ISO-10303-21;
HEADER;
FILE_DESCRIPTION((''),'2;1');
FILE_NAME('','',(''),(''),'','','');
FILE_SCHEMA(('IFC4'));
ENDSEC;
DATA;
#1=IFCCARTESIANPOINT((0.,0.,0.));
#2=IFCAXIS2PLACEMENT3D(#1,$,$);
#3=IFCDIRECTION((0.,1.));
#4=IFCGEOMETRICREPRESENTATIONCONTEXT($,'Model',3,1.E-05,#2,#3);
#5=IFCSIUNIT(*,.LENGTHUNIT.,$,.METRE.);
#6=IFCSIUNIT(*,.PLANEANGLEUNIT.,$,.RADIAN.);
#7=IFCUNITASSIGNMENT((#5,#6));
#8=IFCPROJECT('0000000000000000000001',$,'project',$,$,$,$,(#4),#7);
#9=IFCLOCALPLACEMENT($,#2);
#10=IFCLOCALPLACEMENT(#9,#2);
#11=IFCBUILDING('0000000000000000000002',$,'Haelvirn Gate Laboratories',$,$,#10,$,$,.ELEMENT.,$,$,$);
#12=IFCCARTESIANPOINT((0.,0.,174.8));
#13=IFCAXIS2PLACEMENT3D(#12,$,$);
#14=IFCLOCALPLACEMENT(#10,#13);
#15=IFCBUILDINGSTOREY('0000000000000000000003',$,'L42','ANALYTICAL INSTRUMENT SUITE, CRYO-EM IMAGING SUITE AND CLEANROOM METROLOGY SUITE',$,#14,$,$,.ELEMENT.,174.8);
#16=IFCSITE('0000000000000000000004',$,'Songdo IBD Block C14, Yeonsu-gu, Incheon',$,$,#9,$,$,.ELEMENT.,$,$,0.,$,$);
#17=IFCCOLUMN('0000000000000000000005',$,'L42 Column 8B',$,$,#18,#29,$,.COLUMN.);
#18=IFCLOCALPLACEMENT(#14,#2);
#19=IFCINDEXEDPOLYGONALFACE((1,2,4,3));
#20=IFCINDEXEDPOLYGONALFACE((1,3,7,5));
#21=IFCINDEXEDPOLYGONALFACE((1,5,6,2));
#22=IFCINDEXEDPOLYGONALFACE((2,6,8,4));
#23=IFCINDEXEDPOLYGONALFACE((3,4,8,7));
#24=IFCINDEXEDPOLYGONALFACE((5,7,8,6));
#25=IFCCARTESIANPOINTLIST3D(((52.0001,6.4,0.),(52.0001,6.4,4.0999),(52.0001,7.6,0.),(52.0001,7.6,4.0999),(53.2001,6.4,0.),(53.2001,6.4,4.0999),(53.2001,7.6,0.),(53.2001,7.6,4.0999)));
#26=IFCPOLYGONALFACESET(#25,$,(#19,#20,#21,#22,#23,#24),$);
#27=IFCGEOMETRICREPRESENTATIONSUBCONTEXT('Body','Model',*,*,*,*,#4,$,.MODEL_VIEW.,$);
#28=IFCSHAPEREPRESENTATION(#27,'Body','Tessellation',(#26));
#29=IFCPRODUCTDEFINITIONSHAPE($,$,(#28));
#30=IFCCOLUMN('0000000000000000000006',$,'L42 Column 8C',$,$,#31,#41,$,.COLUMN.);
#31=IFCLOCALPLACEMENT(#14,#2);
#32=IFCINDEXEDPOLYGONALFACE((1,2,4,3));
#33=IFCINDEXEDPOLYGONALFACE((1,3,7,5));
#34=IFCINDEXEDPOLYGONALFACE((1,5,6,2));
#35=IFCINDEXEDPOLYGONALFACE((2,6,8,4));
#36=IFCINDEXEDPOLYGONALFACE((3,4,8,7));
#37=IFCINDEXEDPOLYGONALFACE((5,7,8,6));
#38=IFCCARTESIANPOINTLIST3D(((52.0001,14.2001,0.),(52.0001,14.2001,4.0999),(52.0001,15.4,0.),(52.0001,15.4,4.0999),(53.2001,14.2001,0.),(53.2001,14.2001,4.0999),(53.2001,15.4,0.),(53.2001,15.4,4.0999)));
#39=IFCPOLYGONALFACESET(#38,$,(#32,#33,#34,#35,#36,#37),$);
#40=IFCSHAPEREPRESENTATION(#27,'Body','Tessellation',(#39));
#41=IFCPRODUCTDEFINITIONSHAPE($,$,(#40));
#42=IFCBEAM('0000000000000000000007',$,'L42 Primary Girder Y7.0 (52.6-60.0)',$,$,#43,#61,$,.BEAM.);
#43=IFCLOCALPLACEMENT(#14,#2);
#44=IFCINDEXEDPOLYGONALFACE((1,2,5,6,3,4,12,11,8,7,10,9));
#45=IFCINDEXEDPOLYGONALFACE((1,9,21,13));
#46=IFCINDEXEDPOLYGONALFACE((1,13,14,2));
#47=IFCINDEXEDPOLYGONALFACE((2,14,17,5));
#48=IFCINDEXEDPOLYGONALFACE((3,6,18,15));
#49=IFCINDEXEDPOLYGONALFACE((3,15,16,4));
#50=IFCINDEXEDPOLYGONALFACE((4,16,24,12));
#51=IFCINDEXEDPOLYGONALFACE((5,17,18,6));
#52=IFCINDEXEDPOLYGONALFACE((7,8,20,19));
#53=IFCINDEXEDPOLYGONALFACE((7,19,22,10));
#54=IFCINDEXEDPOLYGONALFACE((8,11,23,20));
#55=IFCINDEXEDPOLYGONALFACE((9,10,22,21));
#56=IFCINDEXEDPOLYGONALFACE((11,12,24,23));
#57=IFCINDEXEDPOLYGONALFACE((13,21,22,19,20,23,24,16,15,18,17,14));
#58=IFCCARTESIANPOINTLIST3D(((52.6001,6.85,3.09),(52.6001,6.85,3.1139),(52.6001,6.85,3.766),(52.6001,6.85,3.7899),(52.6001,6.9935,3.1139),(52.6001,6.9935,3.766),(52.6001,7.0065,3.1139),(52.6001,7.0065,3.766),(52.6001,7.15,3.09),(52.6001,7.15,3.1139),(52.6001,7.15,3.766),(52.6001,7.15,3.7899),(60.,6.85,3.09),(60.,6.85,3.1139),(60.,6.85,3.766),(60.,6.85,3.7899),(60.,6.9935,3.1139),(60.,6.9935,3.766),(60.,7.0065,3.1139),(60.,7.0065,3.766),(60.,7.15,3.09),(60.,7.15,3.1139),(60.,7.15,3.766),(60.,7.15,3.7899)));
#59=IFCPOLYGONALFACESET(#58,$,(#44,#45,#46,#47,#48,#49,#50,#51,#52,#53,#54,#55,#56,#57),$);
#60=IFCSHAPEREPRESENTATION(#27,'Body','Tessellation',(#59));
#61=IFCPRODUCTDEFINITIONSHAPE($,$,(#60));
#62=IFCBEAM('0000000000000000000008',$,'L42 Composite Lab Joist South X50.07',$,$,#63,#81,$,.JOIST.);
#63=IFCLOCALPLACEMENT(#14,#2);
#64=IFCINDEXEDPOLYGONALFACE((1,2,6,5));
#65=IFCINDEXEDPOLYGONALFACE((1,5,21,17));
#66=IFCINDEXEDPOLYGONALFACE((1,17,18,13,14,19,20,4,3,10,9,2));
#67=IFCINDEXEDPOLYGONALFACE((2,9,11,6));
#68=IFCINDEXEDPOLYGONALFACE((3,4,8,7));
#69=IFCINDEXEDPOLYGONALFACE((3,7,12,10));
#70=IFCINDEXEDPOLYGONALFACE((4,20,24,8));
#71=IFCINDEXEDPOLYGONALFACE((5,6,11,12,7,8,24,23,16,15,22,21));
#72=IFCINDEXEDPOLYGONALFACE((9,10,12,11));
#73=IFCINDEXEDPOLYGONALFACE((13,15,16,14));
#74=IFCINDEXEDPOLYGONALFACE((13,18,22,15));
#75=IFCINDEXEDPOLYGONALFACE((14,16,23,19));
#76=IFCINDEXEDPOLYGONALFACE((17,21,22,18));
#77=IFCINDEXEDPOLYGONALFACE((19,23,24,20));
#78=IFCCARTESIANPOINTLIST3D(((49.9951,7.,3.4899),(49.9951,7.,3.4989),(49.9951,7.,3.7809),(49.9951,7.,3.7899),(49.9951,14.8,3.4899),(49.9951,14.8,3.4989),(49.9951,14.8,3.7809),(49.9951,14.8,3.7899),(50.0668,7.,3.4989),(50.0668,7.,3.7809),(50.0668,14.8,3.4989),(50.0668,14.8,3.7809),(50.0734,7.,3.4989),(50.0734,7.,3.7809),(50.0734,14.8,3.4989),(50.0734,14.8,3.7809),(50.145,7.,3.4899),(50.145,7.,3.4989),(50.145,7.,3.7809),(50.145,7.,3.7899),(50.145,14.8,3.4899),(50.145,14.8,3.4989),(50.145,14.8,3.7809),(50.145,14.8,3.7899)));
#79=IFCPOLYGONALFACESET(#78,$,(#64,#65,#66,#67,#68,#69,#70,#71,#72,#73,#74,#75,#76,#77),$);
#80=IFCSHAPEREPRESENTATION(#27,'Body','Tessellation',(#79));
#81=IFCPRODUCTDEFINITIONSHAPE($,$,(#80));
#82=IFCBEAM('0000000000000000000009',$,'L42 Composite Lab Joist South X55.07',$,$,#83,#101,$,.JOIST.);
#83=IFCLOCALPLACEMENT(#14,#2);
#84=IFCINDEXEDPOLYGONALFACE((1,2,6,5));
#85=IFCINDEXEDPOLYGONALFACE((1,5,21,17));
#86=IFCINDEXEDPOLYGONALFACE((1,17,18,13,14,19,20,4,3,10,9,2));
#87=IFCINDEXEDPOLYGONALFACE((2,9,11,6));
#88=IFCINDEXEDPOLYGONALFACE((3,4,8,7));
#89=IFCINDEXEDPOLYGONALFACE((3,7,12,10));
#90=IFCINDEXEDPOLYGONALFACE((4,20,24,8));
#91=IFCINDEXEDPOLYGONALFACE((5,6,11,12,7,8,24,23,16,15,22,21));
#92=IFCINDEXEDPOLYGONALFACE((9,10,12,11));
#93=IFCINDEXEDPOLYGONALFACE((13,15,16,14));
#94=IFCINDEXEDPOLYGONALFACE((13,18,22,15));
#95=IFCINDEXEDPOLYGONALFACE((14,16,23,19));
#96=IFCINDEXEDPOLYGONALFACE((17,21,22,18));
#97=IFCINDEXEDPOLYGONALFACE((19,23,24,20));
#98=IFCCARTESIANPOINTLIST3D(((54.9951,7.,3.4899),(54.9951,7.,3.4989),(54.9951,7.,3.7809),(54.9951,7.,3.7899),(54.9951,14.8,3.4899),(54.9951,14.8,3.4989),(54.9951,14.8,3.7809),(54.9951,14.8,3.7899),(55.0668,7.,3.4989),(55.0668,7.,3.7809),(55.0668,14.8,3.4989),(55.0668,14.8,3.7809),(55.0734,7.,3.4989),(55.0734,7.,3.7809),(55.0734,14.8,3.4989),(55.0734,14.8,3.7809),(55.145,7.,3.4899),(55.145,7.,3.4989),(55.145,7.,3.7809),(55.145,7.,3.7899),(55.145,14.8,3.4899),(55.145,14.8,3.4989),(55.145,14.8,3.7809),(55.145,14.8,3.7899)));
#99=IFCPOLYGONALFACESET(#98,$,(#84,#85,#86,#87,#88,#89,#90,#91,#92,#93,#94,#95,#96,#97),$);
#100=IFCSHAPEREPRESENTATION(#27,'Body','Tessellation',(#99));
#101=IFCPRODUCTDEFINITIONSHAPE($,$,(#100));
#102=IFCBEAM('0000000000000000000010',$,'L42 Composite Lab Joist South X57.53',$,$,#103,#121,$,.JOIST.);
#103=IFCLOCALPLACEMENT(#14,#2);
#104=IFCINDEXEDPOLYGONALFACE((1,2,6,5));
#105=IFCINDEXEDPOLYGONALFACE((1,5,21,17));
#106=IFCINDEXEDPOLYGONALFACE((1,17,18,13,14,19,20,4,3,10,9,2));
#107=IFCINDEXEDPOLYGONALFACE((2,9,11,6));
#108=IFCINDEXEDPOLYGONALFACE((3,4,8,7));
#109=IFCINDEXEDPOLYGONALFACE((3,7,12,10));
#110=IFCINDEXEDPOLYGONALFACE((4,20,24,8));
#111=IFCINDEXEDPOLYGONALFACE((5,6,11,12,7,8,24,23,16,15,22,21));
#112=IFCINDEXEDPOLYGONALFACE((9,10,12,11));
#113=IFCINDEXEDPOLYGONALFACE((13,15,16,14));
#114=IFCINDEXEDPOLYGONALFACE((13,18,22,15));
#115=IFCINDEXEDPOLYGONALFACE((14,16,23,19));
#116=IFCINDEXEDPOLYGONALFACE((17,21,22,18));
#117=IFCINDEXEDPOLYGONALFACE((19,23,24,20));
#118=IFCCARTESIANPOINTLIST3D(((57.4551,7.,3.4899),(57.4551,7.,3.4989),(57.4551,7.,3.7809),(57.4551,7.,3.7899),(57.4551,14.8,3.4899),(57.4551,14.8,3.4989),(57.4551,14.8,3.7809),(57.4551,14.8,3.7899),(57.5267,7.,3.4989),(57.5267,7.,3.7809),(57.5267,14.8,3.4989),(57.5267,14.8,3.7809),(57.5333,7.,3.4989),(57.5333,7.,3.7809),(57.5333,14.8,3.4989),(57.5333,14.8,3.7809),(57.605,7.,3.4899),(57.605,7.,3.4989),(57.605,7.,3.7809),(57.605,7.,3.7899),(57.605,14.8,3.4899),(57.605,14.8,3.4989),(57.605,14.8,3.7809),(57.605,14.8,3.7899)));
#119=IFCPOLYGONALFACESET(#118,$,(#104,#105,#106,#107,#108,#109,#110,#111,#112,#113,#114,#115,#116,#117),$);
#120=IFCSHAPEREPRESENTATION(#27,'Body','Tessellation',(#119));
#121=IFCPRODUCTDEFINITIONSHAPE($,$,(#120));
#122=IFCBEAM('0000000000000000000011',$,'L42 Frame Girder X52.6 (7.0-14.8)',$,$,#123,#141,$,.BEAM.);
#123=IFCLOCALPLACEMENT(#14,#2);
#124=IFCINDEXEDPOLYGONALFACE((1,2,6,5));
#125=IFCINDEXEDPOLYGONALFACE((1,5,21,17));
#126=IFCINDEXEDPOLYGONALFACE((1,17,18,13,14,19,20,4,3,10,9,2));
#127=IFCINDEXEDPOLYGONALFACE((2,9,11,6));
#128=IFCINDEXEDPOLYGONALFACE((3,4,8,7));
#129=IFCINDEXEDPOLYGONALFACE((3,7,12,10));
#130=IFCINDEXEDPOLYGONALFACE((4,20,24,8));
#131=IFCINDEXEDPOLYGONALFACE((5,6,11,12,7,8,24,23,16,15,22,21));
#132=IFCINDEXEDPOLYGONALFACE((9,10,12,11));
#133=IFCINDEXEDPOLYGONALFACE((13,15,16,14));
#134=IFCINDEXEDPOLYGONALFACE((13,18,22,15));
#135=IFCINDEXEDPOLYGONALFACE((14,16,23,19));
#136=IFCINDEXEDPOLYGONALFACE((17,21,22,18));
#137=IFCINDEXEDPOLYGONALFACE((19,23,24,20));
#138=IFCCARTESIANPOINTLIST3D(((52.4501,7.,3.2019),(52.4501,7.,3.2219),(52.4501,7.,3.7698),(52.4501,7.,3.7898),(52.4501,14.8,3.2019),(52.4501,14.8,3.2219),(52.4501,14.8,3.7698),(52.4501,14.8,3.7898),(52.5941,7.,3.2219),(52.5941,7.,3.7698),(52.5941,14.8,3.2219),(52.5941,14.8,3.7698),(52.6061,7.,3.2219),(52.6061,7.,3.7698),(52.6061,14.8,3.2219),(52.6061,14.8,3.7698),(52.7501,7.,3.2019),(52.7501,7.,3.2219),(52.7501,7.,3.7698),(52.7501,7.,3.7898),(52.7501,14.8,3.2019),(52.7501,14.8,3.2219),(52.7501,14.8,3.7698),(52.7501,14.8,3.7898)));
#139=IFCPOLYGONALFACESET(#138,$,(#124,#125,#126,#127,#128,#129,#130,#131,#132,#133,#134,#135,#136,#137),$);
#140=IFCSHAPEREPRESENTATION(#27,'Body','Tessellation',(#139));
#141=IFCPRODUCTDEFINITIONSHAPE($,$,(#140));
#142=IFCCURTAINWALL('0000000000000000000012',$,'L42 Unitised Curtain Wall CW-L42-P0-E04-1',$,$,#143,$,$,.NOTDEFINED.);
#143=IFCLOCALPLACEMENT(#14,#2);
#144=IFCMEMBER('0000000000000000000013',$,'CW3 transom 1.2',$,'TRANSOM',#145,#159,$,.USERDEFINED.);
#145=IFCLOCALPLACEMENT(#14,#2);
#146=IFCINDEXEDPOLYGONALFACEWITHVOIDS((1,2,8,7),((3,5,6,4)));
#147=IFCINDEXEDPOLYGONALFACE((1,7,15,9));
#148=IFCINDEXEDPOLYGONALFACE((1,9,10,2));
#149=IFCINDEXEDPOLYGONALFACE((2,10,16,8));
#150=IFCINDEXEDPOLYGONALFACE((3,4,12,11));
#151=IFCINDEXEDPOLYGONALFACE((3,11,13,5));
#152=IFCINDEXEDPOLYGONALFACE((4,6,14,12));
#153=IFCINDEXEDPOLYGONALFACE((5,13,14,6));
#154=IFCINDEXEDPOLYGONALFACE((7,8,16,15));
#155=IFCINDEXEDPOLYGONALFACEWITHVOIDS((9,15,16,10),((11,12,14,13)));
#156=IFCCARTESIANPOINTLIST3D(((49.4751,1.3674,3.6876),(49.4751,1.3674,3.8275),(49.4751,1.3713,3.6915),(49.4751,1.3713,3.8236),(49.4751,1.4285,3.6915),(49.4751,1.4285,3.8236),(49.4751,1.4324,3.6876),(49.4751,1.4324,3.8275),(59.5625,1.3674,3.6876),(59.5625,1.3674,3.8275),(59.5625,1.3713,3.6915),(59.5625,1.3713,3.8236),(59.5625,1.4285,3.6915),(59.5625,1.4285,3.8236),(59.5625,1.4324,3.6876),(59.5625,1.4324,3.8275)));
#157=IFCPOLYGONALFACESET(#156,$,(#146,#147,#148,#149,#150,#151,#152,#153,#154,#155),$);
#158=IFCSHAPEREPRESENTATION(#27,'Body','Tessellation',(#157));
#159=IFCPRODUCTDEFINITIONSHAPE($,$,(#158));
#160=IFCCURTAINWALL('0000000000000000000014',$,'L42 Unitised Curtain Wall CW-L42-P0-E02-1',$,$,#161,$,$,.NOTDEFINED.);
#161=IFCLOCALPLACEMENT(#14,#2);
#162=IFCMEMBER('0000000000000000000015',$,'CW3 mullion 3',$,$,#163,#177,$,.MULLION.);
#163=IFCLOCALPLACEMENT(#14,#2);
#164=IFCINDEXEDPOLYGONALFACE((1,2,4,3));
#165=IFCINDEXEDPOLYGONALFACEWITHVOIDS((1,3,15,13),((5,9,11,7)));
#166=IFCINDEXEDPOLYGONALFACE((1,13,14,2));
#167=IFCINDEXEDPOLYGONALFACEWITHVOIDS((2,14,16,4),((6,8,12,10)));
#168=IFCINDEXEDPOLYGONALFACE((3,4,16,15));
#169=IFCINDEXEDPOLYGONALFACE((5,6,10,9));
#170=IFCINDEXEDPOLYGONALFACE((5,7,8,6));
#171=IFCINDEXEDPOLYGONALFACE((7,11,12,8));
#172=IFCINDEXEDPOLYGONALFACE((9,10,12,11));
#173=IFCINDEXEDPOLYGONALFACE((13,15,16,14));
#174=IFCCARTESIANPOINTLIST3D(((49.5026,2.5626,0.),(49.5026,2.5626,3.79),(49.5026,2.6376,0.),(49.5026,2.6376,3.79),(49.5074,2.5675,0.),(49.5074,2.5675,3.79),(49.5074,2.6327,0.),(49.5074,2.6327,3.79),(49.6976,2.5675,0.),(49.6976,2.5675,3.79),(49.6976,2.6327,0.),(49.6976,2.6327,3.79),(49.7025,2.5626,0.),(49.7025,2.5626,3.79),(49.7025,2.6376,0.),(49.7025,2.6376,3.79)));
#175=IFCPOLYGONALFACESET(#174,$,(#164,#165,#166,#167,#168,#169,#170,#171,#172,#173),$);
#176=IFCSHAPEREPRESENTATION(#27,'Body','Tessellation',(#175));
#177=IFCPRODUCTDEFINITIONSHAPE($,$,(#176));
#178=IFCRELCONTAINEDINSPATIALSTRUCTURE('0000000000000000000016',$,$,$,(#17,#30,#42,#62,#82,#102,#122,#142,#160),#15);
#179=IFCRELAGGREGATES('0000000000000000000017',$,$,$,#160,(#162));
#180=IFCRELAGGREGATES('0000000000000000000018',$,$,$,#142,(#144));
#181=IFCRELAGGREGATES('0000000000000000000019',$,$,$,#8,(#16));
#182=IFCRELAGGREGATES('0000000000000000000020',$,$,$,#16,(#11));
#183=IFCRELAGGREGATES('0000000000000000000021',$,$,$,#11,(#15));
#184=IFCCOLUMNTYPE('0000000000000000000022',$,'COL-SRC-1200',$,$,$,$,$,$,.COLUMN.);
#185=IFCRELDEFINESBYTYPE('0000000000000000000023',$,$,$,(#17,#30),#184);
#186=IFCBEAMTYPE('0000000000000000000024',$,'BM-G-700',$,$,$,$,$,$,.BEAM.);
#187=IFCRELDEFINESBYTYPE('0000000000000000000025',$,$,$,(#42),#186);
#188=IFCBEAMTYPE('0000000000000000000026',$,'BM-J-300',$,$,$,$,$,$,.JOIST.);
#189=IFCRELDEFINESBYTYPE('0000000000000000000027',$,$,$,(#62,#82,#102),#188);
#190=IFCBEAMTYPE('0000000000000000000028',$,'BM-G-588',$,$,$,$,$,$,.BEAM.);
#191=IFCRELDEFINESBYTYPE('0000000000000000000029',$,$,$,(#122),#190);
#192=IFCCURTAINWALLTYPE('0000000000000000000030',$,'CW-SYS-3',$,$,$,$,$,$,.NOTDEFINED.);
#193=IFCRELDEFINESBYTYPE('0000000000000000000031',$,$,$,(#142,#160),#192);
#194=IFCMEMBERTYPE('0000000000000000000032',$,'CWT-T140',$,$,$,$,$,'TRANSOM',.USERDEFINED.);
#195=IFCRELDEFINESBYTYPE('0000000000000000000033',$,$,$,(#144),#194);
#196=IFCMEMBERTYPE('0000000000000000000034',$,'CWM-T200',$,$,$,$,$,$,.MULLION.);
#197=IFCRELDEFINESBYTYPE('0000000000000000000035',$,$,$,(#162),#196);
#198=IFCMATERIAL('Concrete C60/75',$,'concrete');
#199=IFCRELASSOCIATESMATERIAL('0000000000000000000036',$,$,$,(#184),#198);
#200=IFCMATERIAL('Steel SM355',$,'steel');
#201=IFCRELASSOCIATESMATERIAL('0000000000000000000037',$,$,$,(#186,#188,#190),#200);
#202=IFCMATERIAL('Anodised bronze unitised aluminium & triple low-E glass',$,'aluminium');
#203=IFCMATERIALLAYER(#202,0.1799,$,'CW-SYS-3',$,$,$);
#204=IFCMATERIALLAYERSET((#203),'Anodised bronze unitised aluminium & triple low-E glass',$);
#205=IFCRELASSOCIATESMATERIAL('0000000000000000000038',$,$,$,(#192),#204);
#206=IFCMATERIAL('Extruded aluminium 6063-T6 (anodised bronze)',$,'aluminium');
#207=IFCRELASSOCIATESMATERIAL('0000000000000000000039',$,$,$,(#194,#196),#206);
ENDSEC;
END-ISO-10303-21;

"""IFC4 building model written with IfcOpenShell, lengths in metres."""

from ifc_helpers import new_model, si_unit, direction, frame, origin, origin_2d, place, context, subcontext, project, spatial, rectangle, hollow_rectangle, i_section, extrude, source, transform, mapped, material, layer, layer_set, material_profile, profile_set, type_object, type_shapes, element, aggregate, save


model = new_model("IFC4")

# Units and contexts
model_context = context("Model", 3, precision=1e-05, world=origin(), true_north=direction((0.0, 1.0)))
body_context = subcontext(model_context, "Body", "Model", "MODEL_VIEW")
ifc_project = project(units=[si_unit("LENGTHUNIT", "METRE"), si_unit("PLANEANGLEUNIT", "RADIAN")], contexts=[model_context])

# Site, building, storey
site_placement = place(None, origin())
site = spatial("IfcSite", under=ifc_project, at=site_placement, Name="Songdo IBD Block C14, Yeonsu-gu, Incheon", CompositionType="ELEMENT", RefElevation=0.0)
building_placement = place(site_placement, origin())
building = spatial("IfcBuilding", under=site, at=building_placement, Name="Haelvirn Gate Laboratories", CompositionType="ELEMENT")
storey_placement = place(building_placement, frame((0.0, 0.0, 174.8)))
storey = spatial("IfcBuildingStorey", under=building, at=storey_placement, Name="L42", Description="ANALYTICAL INSTRUMENT SUITE, CRYO-EM IMAGING SUITE AND CLEANROOM METROLOGY SUITE", CompositionType="ELEMENT", Elevation=174.8)

# Columns
ifc_material_1 = material(Name="Concrete C60/75", Category="concrete")
ifc_material_profile_1 = material_profile(ifc_material_1, rectangle(XDim=1.2, YDim=1.2, at=origin_2d()), Name="SRC-1200x1200")
ifc_profile_set_1 = profile_set([ifc_material_profile_1], Name="Concrete C60/75")
column_type = type_object("IfcColumnType", Name="COL-SRC-1200", PredefinedType="COLUMN", material=ifc_profile_set_1)
shared_shape_1 = source(origin(), body_context, "Body", "SweptSolid", [
    extrude(rectangle(XDim=1.2, YDim=1.2, at=origin_2d()), origin(), (0.0, 0.0, 1.0), 4.0999),
])
type_shapes(column_type, [shared_shape_1])
for number, where, z_axis, x_axis, name in (
    (1, (52.6001, 7.0, 0.0), (0.0, 0.0, 1.0), (1.0, 0.0, 0.0), "L42 Column 8B"),
    (2, (52.6001, 14.8, 0.0), (0.0, 0.0, 1.0), (1.0, 0.0, 0.0), "L42 Column 8C"),
):
    element("IfcColumn", number, at=place(storey_placement, frame(where, z_axis=z_axis, x_axis=x_axis)), inside=storey, type_object=column_type, Name=name, PredefinedType="COLUMN", context=body_context, shape_type="MappedRepresentation", body=[
        mapped(shared_shape_1, transform((0.0, 0.0, 0.0), scale=1.0)),
    ])

# Beams
ifc_material_2 = material(Name="Steel SM355", Category="steel")
ifc_material_profile_2 = material_profile(ifc_material_2, i_section(OverallWidth=0.3, OverallDepth=0.7, WebThickness=0.0129, FlangeThickness=0.0239, at=origin_2d()), Name="H-700x300x13x24")
ifc_profile_set_2 = profile_set([ifc_material_profile_2], Name="Steel SM355")
beam_type_1 = type_object("IfcBeamType", Name="BM-G-700", PredefinedType="BEAM", material=ifc_profile_set_2)
shared_shape_2 = source(origin(), body_context, "Body", "SweptSolid", [
    extrude(i_section(OverallWidth=0.3, OverallDepth=0.7, WebThickness=0.0129, FlangeThickness=0.0239, at=origin_2d()), origin(), (0.0, 0.0, 1.0), 7.3999),
])
type_shapes(beam_type_1, [shared_shape_2])
beam_1_placement = place(storey_placement, frame((52.6001, 7.0, 3.4399), z_axis=(1.0, 0.0, 0.0), x_axis=(0.0, 1.0, 0.0)))
element("IfcBeam", 3, at=beam_1_placement, inside=storey, type_object=beam_type_1, Name="L42 Primary Girder Y7.0 (52.6-60.0)", PredefinedType="BEAM", context=body_context, shape_type="MappedRepresentation", body=[
    mapped(shared_shape_2, transform((0.0, 0.0, 0.0), scale=1.0)),
])
ifc_material_profile_3 = material_profile(ifc_material_2, i_section(OverallWidth=0.1499, OverallDepth=0.3, WebThickness=0.0066, FlangeThickness=0.009, at=origin_2d()), Name="H-300x150x6.5x9")
ifc_profile_set_3 = profile_set([ifc_material_profile_3], Name="Steel SM355")
beam_type_2 = type_object("IfcBeamType", Name="BM-J-300", PredefinedType="JOIST", material=ifc_profile_set_3)
shared_shape_3 = source(origin(), body_context, "Body", "SweptSolid", [
    extrude(i_section(OverallWidth=0.1499, OverallDepth=0.3, WebThickness=0.0066, FlangeThickness=0.009, at=origin_2d()), origin(), (0.0, 0.0, 1.0), 7.8),
])
type_shapes(beam_type_2, [shared_shape_3])
for number, where, z_axis, x_axis, name in (
    (4, (50.0701, 7.0, 3.6399), (0.0, 1.0, 0.0), (-1.0, 0.0, 0.0), "L42 Composite Lab Joist South X50.07"),
    (5, (55.0701, 7.0, 3.6399), (0.0, 1.0, 0.0), (-1.0, 0.0, 0.0), "L42 Composite Lab Joist South X55.07"),
    (6, (57.53, 7.0, 3.6399), (0.0, 1.0, 0.0), (-1.0, 0.0, 0.0), "L42 Composite Lab Joist South X57.53"),
):
    element("IfcBeam", number, at=place(storey_placement, frame(where, z_axis=z_axis, x_axis=x_axis)), inside=storey, type_object=beam_type_2, Name=name, PredefinedType="JOIST", context=body_context, shape_type="MappedRepresentation", body=[
        mapped(shared_shape_3, transform((0.0, 0.0, 0.0), scale=1.0)),
    ])
ifc_material_profile_4 = material_profile(ifc_material_2, i_section(OverallWidth=0.3, OverallDepth=0.5879, WebThickness=0.012, FlangeThickness=0.02, at=origin_2d()), Name="H-588x300x12x20")
ifc_profile_set_4 = profile_set([ifc_material_profile_4], Name="Steel SM355")
beam_type_3 = type_object("IfcBeamType", Name="BM-G-588", PredefinedType="BEAM", material=ifc_profile_set_4)
shared_shape_4 = source(origin(), body_context, "Body", "SweptSolid", [
    extrude(i_section(OverallWidth=0.3, OverallDepth=0.5879, WebThickness=0.012, FlangeThickness=0.02, at=origin_2d()), origin(), (0.0, 0.0, 1.0), 7.8),
])
type_shapes(beam_type_3, [shared_shape_4])
beam_2_placement = place(storey_placement, frame((52.6001, 7.0, 3.4958), z_axis=(0.0, 1.0, 0.0), x_axis=(-1.0, 0.0, 0.0)))
element("IfcBeam", 7, at=beam_2_placement, inside=storey, type_object=beam_type_3, Name="L42 Frame Girder X52.6 (7.0-14.8)", PredefinedType="BEAM", context=body_context, shape_type="MappedRepresentation", body=[
    mapped(shared_shape_4, transform((0.0, 0.0, 0.0), scale=1.0)),
])

# Curtain walls, members
ifc_material_3 = material(Name="Anodised bronze unitised aluminium & triple low-E glass", Category="aluminium")
ifc_layer_1 = layer(ifc_material_3, 0.1799, Name="CW-SYS-3")
ifc_layer_set_1 = layer_set([ifc_layer_1], Name="Anodised bronze unitised aluminium & triple low-E glass")
curtain_wall_type = type_object("IfcCurtainWallType", Name="CW-SYS-3", PredefinedType="NOTDEFINED", material=ifc_layer_set_1)
curtain_wall_1_placement = place(storey_placement, origin())
curtain_wall_1 = element("IfcCurtainWall", 8, at=curtain_wall_1_placement, inside=storey, type_object=curtain_wall_type, Name="L42 Unitised Curtain Wall CW-L42-P0-E04-1", PredefinedType="NOTDEFINED")
ifc_material_4 = material(Name="Extruded aluminium 6063-T6 (anodised bronze)", Category="aluminium")
ifc_material_profile_5 = material_profile(ifc_material_4, hollow_rectangle(XDim=0.0649, YDim=0.1399, WallThickness=0.0039, at=origin_2d()), Name="CWT-140x65x4")
ifc_profile_set_5 = profile_set([ifc_material_profile_5], Name="Extruded aluminium 6063-T6 (anodised bronze)")
member_type_1 = type_object("IfcMemberType", Name="CWT-T140", ElementType="TRANSOM", PredefinedType="USERDEFINED", material=ifc_profile_set_5)
shared_shape_5 = source(origin(), body_context, "Body", "SweptSolid", [
    extrude(hollow_rectangle(XDim=0.0649, YDim=0.1399, WallThickness=0.0039, at=origin_2d()), origin(), (0.0, 0.0, 1.0), 10.0874),
])
type_shapes(member_type_1, [shared_shape_5])
member_1_placement = place(storey_placement, frame((49.4751, 1.3999, 3.7576), z_axis=(1.0, 0.0, 0.0), x_axis=(0.0, 1.0, 0.0)))
member_1 = element("IfcMember", 9, at=member_1_placement, type_object=member_type_1, Name="CW3 transom 1.2", ObjectType="TRANSOM", PredefinedType="USERDEFINED", context=body_context, shape_type="MappedRepresentation", body=[
    mapped(shared_shape_5, transform((0.0, 0.0, 0.0), scale=1.0)),
])
curtain_wall_2_placement = place(storey_placement, origin())
curtain_wall_2 = element("IfcCurtainWall", 10, at=curtain_wall_2_placement, inside=storey, type_object=curtain_wall_type, Name="L42 Unitised Curtain Wall CW-L42-P0-E02-1", PredefinedType="NOTDEFINED")
ifc_material_profile_6 = material_profile(ifc_material_4, hollow_rectangle(XDim=0.075, YDim=0.2, WallThickness=0.0049, at=origin_2d()), Name="CWM-200x75x5")
ifc_profile_set_6 = profile_set([ifc_material_profile_6], Name="Extruded aluminium 6063-T6 (anodised bronze)")
member_type_2 = type_object("IfcMemberType", Name="CWM-T200", PredefinedType="MULLION", material=ifc_profile_set_6)
shared_shape_6 = source(origin(), body_context, "Body", "SweptSolid", [
    extrude(hollow_rectangle(XDim=0.075, YDim=0.2, WallThickness=0.0049, at=origin_2d()), origin(), (0.0, 0.0, 1.0), 3.79),
])
type_shapes(member_type_2, [shared_shape_6])
member_2_placement = place(storey_placement, frame((49.6025, 2.6001, 0.0), z_axis=(0.0, 0.0, 1.0), x_axis=(0.0, 1.0, 0.0)))
member_2 = element("IfcMember", 11, at=member_2_placement, type_object=member_type_2, Name="CW3 mullion 3", PredefinedType="MULLION", context=body_context, shape_type="MappedRepresentation", body=[
    mapped(shared_shape_6, transform((0.0, 0.0, 0.0), scale=1.0)),
])
aggregate(curtain_wall_2, [member_2])

aggregate(curtain_wall_1, [member_1])

save(model, "model.ifc")
